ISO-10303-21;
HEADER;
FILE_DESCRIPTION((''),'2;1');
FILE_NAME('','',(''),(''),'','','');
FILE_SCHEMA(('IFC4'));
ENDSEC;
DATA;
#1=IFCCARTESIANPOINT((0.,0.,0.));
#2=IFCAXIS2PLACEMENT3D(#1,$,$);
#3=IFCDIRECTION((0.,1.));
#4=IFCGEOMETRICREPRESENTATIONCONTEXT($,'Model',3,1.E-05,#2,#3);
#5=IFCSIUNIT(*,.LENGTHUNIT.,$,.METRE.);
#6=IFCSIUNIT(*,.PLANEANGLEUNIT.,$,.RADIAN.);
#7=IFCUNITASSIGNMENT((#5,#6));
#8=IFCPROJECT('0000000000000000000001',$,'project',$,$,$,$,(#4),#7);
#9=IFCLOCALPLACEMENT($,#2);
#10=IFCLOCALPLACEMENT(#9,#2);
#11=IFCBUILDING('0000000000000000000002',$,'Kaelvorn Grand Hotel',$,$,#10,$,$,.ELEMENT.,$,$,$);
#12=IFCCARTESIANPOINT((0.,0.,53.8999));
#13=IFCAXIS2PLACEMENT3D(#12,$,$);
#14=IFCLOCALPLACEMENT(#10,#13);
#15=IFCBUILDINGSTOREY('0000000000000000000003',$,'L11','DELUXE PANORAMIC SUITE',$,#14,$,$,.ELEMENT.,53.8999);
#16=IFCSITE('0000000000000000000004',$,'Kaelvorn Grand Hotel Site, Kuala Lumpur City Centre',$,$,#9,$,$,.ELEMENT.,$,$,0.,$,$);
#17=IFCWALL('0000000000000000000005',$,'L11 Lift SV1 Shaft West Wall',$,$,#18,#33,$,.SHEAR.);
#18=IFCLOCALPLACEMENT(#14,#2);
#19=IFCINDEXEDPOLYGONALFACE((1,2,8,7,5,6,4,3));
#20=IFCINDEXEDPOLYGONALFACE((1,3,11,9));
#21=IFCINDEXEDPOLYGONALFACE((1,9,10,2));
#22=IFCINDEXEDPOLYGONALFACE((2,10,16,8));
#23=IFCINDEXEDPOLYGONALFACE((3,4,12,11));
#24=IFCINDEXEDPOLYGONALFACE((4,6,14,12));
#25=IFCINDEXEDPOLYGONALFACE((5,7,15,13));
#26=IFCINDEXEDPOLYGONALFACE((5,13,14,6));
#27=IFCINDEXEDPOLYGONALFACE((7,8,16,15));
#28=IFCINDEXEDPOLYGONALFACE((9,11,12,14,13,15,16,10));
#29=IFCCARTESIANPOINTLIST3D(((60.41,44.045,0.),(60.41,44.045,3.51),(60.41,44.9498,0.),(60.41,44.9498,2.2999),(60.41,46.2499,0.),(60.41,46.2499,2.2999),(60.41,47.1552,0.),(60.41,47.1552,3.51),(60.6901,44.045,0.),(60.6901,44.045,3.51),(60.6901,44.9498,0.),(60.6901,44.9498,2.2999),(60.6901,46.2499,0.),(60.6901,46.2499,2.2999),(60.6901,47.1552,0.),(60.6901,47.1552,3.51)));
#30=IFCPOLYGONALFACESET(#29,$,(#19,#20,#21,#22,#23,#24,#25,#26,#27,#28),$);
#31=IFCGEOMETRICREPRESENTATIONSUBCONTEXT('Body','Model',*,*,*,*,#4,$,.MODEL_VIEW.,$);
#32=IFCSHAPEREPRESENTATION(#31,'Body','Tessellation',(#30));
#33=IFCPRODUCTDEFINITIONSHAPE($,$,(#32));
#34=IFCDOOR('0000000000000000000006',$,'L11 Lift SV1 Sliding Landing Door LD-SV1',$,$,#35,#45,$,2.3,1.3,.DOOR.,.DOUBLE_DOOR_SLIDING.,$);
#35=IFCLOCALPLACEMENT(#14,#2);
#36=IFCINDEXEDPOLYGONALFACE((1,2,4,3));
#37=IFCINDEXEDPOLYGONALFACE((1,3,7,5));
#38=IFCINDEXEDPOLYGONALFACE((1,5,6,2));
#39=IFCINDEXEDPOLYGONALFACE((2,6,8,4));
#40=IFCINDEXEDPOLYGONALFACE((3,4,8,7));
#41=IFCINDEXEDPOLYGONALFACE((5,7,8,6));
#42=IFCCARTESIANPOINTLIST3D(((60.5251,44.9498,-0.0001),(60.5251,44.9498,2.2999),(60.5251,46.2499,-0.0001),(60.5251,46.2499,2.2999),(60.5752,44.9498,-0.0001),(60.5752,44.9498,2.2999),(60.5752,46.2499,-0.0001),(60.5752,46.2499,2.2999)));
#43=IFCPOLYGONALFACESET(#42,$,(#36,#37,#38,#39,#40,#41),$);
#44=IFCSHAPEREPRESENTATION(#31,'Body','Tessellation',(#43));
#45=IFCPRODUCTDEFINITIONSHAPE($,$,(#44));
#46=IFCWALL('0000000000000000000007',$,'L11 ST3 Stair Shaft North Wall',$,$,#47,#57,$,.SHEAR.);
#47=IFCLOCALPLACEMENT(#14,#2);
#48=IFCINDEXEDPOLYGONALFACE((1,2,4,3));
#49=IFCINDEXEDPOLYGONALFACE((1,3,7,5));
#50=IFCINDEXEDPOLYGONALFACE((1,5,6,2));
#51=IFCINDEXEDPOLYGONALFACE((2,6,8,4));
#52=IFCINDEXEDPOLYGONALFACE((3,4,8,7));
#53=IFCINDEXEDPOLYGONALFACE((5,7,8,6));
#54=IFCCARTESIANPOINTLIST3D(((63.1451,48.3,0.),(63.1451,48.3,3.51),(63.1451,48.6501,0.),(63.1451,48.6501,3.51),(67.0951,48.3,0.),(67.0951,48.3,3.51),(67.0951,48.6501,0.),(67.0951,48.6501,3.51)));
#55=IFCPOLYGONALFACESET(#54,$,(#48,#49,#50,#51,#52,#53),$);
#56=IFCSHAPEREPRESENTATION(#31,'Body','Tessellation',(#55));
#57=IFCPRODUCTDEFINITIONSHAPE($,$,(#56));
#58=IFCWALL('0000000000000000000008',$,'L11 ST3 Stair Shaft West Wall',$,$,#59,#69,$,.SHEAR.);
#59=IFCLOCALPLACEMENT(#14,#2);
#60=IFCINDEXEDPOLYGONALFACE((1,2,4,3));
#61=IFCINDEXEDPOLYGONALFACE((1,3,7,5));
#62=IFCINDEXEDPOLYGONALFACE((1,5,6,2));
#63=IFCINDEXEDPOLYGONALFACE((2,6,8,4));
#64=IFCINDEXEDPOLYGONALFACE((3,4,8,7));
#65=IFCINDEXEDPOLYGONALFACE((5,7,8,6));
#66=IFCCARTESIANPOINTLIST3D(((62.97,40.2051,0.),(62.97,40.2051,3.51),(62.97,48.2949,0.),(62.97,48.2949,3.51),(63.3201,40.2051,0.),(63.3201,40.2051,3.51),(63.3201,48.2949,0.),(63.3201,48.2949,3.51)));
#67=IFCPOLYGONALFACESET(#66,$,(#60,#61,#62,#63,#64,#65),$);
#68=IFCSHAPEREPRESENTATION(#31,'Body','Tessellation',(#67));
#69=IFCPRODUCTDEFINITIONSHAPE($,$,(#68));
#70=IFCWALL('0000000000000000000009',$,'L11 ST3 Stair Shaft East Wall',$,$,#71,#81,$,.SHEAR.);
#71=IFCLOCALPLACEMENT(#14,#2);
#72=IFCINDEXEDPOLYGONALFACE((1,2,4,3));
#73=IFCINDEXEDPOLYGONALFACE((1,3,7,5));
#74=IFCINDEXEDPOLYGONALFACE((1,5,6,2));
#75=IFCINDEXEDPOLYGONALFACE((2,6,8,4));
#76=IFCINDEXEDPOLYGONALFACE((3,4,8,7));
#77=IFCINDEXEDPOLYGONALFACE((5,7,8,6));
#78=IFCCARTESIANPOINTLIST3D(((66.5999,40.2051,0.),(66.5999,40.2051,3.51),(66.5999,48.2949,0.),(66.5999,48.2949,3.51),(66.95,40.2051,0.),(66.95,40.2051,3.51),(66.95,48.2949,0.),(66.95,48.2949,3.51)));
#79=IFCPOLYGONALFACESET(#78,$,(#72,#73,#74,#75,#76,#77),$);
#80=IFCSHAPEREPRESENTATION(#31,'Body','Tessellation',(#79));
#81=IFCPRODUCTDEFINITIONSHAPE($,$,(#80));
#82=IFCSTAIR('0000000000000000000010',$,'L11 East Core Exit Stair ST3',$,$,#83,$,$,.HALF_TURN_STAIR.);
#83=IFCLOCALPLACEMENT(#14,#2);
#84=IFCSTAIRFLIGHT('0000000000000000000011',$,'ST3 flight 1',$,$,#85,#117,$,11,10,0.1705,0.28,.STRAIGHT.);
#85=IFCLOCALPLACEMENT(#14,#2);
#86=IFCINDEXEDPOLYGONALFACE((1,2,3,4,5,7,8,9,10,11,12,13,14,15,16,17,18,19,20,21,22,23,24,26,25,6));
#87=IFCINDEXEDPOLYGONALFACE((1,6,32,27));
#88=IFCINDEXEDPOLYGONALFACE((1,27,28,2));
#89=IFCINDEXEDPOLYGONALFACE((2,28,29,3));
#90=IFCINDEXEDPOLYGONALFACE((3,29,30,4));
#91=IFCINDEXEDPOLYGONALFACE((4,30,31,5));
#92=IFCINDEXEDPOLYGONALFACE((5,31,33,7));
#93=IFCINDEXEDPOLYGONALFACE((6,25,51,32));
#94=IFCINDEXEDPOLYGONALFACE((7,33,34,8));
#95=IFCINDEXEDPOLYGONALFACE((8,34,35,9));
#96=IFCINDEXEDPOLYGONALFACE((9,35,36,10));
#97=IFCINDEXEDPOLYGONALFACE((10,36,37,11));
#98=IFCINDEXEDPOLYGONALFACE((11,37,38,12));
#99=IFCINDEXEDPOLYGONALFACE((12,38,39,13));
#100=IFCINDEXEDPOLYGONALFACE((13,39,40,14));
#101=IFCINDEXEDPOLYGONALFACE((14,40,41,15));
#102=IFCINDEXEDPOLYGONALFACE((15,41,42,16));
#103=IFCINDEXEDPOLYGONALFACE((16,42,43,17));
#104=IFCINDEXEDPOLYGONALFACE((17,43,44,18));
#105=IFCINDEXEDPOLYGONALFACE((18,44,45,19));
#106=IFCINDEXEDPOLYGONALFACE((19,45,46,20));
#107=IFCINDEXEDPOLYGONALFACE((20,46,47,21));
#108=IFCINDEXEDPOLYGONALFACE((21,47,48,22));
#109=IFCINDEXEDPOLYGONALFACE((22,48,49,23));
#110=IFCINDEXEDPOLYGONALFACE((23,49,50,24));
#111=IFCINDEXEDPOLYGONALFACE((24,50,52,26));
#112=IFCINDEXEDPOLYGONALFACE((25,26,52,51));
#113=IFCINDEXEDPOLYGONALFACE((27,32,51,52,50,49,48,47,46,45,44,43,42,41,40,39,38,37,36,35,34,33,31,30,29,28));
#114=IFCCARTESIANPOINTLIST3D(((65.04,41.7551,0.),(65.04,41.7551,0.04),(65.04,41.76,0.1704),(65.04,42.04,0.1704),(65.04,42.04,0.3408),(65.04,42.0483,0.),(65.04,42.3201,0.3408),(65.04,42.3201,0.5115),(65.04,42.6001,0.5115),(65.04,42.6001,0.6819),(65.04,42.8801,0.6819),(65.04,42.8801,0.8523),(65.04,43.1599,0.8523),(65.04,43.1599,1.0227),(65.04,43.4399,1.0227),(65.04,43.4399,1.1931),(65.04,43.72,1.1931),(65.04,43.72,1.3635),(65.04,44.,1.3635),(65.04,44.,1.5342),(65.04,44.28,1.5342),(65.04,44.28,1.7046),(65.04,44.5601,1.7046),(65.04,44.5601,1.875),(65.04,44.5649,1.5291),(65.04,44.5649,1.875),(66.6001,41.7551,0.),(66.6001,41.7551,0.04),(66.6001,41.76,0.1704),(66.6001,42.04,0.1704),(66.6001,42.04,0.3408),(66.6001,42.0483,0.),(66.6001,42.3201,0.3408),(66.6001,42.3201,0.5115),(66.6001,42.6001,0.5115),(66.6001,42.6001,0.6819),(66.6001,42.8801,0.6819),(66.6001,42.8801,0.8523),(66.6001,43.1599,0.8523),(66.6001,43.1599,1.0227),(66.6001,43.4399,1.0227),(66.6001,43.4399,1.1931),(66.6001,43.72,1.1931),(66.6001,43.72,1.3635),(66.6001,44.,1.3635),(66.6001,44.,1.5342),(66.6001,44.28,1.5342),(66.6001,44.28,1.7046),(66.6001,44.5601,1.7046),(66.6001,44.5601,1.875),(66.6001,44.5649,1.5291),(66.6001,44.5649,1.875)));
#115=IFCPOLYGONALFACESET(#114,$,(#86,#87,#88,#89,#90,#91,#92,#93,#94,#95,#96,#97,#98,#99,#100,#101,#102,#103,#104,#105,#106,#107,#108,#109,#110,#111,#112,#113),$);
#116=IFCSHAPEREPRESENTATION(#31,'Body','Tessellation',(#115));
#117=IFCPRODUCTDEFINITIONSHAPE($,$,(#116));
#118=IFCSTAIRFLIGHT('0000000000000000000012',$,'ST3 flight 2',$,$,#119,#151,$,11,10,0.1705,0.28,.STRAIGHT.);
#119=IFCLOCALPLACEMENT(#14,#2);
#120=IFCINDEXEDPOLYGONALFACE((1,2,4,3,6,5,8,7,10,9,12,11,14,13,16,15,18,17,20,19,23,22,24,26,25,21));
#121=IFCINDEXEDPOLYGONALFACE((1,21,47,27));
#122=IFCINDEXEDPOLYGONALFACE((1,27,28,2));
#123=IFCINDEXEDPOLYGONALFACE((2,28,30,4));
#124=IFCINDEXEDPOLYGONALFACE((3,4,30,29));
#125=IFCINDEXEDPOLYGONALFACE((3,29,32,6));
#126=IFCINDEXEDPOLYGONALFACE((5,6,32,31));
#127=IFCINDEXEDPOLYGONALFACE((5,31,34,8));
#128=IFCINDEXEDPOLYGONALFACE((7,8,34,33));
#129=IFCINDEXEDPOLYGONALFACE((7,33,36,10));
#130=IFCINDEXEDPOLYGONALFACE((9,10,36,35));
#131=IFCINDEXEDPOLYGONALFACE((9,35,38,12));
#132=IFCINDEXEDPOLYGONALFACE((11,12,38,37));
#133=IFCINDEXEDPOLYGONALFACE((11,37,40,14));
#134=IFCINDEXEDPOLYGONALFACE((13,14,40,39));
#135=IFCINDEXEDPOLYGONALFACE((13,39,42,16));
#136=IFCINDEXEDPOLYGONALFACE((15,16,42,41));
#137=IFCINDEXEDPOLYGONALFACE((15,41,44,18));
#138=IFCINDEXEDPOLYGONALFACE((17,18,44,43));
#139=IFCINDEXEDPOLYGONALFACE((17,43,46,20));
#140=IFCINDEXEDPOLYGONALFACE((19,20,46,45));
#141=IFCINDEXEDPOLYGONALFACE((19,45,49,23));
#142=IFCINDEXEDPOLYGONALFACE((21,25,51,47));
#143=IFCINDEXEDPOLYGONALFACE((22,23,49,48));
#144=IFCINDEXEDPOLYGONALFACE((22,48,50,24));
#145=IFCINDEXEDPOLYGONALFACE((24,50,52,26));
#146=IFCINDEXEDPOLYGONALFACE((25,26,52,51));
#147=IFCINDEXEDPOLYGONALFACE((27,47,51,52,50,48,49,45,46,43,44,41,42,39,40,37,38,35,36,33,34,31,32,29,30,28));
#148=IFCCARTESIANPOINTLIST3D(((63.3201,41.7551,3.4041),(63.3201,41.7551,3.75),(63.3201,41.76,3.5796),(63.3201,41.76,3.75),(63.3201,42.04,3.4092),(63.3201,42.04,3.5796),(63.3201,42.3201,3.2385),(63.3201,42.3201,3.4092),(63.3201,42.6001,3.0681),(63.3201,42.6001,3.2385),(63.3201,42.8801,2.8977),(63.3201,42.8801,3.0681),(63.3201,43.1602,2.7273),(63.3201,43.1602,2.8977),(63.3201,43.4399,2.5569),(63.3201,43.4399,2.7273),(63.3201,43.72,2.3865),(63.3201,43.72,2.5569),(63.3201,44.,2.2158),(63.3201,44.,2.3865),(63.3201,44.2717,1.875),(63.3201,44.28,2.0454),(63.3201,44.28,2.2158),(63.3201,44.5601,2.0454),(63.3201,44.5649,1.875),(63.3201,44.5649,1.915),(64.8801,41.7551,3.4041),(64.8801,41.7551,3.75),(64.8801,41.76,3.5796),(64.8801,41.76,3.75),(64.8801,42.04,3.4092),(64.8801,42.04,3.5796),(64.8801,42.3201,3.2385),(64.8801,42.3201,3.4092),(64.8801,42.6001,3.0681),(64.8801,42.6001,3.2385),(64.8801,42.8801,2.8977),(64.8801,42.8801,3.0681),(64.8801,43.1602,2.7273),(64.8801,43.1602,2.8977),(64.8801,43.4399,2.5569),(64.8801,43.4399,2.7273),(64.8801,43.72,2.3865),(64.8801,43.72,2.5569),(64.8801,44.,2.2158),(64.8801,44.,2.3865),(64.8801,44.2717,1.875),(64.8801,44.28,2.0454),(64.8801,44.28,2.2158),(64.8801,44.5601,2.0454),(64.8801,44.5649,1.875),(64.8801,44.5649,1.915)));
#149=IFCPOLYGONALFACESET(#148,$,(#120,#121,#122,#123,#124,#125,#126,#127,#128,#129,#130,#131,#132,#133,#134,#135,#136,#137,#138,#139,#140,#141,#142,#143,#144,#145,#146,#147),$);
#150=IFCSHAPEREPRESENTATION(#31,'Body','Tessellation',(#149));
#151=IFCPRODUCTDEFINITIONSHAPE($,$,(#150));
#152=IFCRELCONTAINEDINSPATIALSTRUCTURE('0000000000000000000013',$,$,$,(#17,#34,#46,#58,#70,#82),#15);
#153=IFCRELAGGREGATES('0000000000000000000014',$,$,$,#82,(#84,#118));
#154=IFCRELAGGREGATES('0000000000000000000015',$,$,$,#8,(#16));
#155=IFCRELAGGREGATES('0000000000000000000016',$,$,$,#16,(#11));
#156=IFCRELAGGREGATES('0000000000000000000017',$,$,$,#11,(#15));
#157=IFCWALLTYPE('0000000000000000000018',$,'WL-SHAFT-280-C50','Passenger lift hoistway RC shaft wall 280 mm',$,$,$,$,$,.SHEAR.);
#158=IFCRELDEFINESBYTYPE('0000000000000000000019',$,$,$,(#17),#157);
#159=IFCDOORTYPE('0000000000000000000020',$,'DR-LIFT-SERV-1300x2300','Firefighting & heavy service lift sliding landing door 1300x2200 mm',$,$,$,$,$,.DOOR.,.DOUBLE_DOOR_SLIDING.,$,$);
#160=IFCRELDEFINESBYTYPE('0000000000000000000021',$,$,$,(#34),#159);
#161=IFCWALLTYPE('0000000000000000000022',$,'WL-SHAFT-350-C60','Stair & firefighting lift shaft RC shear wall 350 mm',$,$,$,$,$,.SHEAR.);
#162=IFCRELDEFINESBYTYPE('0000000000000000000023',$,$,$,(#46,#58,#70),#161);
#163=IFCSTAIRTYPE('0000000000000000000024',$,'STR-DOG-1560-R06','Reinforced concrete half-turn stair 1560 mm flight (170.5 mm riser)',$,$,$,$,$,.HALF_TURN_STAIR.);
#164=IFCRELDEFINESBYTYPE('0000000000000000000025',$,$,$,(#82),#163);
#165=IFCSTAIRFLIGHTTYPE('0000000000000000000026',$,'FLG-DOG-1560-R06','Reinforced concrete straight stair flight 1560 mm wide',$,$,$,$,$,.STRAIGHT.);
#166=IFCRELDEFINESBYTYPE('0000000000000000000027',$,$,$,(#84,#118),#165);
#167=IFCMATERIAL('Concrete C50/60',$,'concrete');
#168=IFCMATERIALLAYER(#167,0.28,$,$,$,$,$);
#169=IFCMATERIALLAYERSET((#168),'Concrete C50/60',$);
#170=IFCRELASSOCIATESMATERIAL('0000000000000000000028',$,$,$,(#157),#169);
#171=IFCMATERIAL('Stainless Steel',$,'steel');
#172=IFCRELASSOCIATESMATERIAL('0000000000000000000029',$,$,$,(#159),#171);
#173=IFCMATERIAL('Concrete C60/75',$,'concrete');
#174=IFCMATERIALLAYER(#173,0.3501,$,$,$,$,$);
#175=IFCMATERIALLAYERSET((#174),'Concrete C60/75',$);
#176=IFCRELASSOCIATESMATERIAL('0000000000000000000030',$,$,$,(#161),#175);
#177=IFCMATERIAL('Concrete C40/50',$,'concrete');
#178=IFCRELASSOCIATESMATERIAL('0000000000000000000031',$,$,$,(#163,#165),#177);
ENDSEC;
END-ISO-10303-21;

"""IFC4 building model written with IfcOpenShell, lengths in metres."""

from ifc_helpers import new_model, si_unit, direction, frame, frame_2d, origin, place, context, subcontext, project, spatial, polyline, rectangle, outline, extrude, material, layer, layer_set, type_object, element, fill, aggregate, save


model = new_model("IFC4")

# Units and contexts
model_context = context("Model", 3, precision=1e-05, world=origin(), true_north=direction((0.0, 1.0)))
body_context = subcontext(model_context, "Body", "Model", "MODEL_VIEW")
ifc_project = project(units=[si_unit("LENGTHUNIT", "METRE"), si_unit("PLANEANGLEUNIT", "RADIAN")], contexts=[model_context])

# Site, building, storey
site_placement = place(None, origin())
site = spatial("IfcSite", under=ifc_project, at=site_placement, Name="Kaelvorn Grand Hotel Site, Kuala Lumpur City Centre", CompositionType="ELEMENT", RefElevation=0.0)
building_placement = place(site_placement, origin())
building = spatial("IfcBuilding", under=site, at=building_placement, Name="Kaelvorn Grand Hotel", CompositionType="ELEMENT")
storey_placement = place(building_placement, frame((0.0, 0.0, 53.8999)))
storey = spatial("IfcBuildingStorey", under=building, at=storey_placement, Name="L11", Description="DELUXE PANORAMIC SUITE", CompositionType="ELEMENT", Elevation=53.8999)

# Shared definitions
ifc_material_1 = material(Name="Concrete C60/75", Category="concrete")

# Shared definitions
ifc_material_2 = material(Name="Concrete C40/50", Category="concrete")
ifc_material_3 = material(Name="Concrete C50/60", Category="concrete")
ifc_layer_1 = layer(ifc_material_3, 0.28)
ifc_layer_set_1 = layer_set([ifc_layer_1], Name="Concrete C50/60")
wall_type_1 = type_object("IfcWallType", Name="WL-SHAFT-280-C50", Description="Passenger lift hoistway RC shaft wall 280 mm", PredefinedType="SHEAR", material=ifc_layer_set_1)

# Wall, opening, door
wall_1_placement = place(storey_placement, frame((60.55, 44.0449, 0.0), z_axis=(0.0, 0.0, 1.0), x_axis=(0.0, 1.0, 0.0)))
wall_1 = element("IfcWall", 1, at=wall_1_placement, inside=storey, type_object=wall_type_1, Name="L11 Lift SV1 Shaft West Wall", PredefinedType="SHEAR", context=body_context, shape_type="SweptSolid", body=[
    extrude(rectangle(XDim=3.1101, YDim=0.28, at=frame_2d((1.5552, 0.0))), origin(), (0.0, 0.0, 1.0), 3.51),
])
opening_1_placement = place(wall_1_placement, frame((0.905, 0.0, 0.0)))
opening_1 = element("IfcOpeningElement", 2, at=opening_1_placement, cuts=wall_1, PredefinedType="OPENING", context=body_context, shape_type="SweptSolid", body=[
    extrude(rectangle(XDim=1.3, YDim=2.3, at=frame_2d((0.6499, 1.1499))), frame((0.0, 0.1499, 0.0), z_axis=(0.0, -1.0, 0.0), x_axis=(1.0, 0.0, 0.0)), (0.0, 0.0, 1.0), 0.3),
])
ifc_material_4 = material(Name="Stainless Steel", Category="steel")
door_type_1 = type_object("IfcDoorType", Name="DR-LIFT-SERV-1300x2300", Description="Firefighting & heavy service lift sliding landing door 1300x2200 mm", OperationType="DOUBLE_DOOR_SLIDING", PredefinedType="DOOR", material=ifc_material_4)
door_1_placement = place(opening_1_placement, origin())
door_1 = element("IfcDoor", 3, at=door_1_placement, inside=storey, type_object=door_type_1, Name="L11 Lift SV1 Sliding Landing Door LD-SV1", OperationType="DOUBLE_DOOR_SLIDING", OverallHeight=2.3, OverallWidth=1.3, PredefinedType="DOOR", context=body_context, shape_type="SweptSolid", body=[
    extrude(rectangle(XDim=1.3, YDim=2.3, at=frame_2d((0.6499, 1.1499))), frame((0.0, 0.0249, 0.0), z_axis=(0.0, -1.0, 0.0), x_axis=(1.0, 0.0, 0.0)), (0.0, 0.0, 1.0), 0.05),
])
fill(opening_1, door_1)
ifc_layer_2 = layer(ifc_material_1, 0.3501)
ifc_layer_set_2 = layer_set([ifc_layer_2], Name="Concrete C60/75")
wall_type_2 = type_object("IfcWallType", Name="WL-SHAFT-350-C60", Description="Stair & firefighting lift shaft RC shear wall 350 mm", PredefinedType="SHEAR", material=ifc_layer_set_2)

# Walls
wall_2_placement = place(storey_placement, frame((63.145, 48.4751, 0.0), z_axis=(0.0, 0.0, 1.0), x_axis=(1.0, 0.0, 0.0)))
element("IfcWall", 4, at=wall_2_placement, inside=storey, type_object=wall_type_2, Name="L11 ST3 Stair Shaft North Wall", PredefinedType="SHEAR", context=body_context, shape_type="SweptSolid", body=[
    extrude(rectangle(XDim=3.95, YDim=0.3501, at=frame_2d((1.9751, 0.0))), origin(), (0.0, 0.0, 1.0), 3.51),
])
for number, where, z_axis, x_axis, name in (
    (5, (63.145, 40.2051, 0.0), (0.0, 0.0, 1.0), (0.0, 1.0, 0.0), "L11 ST3 Stair Shaft West Wall"),
    (6, (66.7749, 40.2051, 0.0), (0.0, 0.0, 1.0), (0.0, 1.0, 0.0), "L11 ST3 Stair Shaft East Wall"),
):
    element("IfcWall", number, at=place(storey_placement, frame(where, z_axis=z_axis, x_axis=x_axis)), inside=storey, type_object=wall_type_2, Name=name, PredefinedType="SHEAR", context=body_context, shape_type="SweptSolid", body=[
        extrude(rectangle(XDim=8.0898, YDim=0.3501, at=frame_2d((4.0449, 0.0))), origin(), (0.0, 0.0, 1.0), 3.51),
    ])

# Stair, stair flights
stair_type = type_object("IfcStairType", Name="STR-DOG-1560-R06", Description="Reinforced concrete half-turn stair 1560 mm flight (170.5 mm riser)", PredefinedType="HALF_TURN_STAIR", material=ifc_material_2)
stair_placement = place(storey_placement, origin())
stair = element("IfcStair", 7, at=stair_placement, inside=storey, type_object=stair_type, Name="L11 East Core Exit Stair ST3", PredefinedType="HALF_TURN_STAIR")
stair_flight_type = type_object("IfcStairFlightType", Name="FLG-DOG-1560-R06", Description="Reinforced concrete straight stair flight 1560 mm wide", PredefinedType="STRAIGHT", material=ifc_material_2)
stair_flight_1_placement = place(storey_placement, frame((65.8201, 41.76, 0.0), z_axis=(0.0, 0.0, 1.0), x_axis=(0.0, 1.0, 0.0)))
stair_flight_1 = element("IfcStairFlight", 8, at=stair_flight_1_placement, type_object=stair_flight_type, Name="ST3 flight 1", NumberOfRisers=11, NumberOfTreads=10, PredefinedType="STRAIGHT", RiserHeight=0.1705, TreadLength=0.28, context=body_context, shape_type="SweptSolid", body=[
    extrude(outline(polyline([(-0.0049, 0.0), (-0.0049, 0.04), (0.0, 0.1704), (0.28, 0.1704), (0.28, 0.3408), (0.5601, 0.3408), (0.5601, 0.5115), (0.8401, 0.5115), (0.8401, 0.6819), (1.1201, 0.6819), (1.1201, 0.8523), (1.3999, 0.8523), (1.3999, 1.0227), (1.6799, 1.0227), (1.6799, 1.1931), (1.96, 1.1931), (1.96, 1.3635), (2.24, 1.3635), (2.24, 1.5342), (2.52, 1.5342), (2.52, 1.7046), (2.8, 1.7046), (2.8, 1.875), (2.8049, 1.875), (2.8049, 1.5291), (0.2883, 0.0), (-0.0049, 0.0)])), frame((0.0, 0.78, 0.0), z_axis=(0.0, -1.0, 0.0), x_axis=(1.0, 0.0, 0.0)), (0.0, 0.0, 1.0), 1.5601),
])
stair_flight_2_placement = place(storey_placement, frame((64.1001, 44.5601, 1.875), z_axis=(0.0, 0.0, 1.0), x_axis=(0.0, -1.0, 0.0)))
stair_flight_2 = element("IfcStairFlight", 9, at=stair_flight_2_placement, type_object=stair_flight_type, Name="ST3 flight 2", NumberOfRisers=11, NumberOfTreads=10, PredefinedType="STRAIGHT", RiserHeight=0.1705, TreadLength=0.28, context=body_context, shape_type="SweptSolid", body=[
    extrude(outline(polyline([(-0.0049, 0.0), (-0.0049, 0.04), (0.0, 0.1704), (0.28, 0.1704), (0.28, 0.3408), (0.5601, 0.3408), (0.5601, 0.5115), (0.8401, 0.5115), (0.8401, 0.6819), (1.1201, 0.6819), (1.1201, 0.8523), (1.3999, 0.8523), (1.3999, 1.0227), (1.6799, 1.0227), (1.6799, 1.1931), (1.96, 1.1931), (1.96, 1.3635), (2.24, 1.3635), (2.24, 1.5342), (2.52, 1.5342), (2.52, 1.7046), (2.8, 1.7046), (2.8, 1.875), (2.8049, 1.875), (2.8049, 1.5291), (0.2883, 0.0), (-0.0049, 0.0)])), frame((0.0, 0.78, 0.0), z_axis=(0.0, -1.0, 0.0), x_axis=(1.0, 0.0, 0.0)), (0.0, 0.0, 1.0), 1.5601),
])
aggregate(stair, [stair_flight_1, stair_flight_2])

save(model, "model.ifc")
